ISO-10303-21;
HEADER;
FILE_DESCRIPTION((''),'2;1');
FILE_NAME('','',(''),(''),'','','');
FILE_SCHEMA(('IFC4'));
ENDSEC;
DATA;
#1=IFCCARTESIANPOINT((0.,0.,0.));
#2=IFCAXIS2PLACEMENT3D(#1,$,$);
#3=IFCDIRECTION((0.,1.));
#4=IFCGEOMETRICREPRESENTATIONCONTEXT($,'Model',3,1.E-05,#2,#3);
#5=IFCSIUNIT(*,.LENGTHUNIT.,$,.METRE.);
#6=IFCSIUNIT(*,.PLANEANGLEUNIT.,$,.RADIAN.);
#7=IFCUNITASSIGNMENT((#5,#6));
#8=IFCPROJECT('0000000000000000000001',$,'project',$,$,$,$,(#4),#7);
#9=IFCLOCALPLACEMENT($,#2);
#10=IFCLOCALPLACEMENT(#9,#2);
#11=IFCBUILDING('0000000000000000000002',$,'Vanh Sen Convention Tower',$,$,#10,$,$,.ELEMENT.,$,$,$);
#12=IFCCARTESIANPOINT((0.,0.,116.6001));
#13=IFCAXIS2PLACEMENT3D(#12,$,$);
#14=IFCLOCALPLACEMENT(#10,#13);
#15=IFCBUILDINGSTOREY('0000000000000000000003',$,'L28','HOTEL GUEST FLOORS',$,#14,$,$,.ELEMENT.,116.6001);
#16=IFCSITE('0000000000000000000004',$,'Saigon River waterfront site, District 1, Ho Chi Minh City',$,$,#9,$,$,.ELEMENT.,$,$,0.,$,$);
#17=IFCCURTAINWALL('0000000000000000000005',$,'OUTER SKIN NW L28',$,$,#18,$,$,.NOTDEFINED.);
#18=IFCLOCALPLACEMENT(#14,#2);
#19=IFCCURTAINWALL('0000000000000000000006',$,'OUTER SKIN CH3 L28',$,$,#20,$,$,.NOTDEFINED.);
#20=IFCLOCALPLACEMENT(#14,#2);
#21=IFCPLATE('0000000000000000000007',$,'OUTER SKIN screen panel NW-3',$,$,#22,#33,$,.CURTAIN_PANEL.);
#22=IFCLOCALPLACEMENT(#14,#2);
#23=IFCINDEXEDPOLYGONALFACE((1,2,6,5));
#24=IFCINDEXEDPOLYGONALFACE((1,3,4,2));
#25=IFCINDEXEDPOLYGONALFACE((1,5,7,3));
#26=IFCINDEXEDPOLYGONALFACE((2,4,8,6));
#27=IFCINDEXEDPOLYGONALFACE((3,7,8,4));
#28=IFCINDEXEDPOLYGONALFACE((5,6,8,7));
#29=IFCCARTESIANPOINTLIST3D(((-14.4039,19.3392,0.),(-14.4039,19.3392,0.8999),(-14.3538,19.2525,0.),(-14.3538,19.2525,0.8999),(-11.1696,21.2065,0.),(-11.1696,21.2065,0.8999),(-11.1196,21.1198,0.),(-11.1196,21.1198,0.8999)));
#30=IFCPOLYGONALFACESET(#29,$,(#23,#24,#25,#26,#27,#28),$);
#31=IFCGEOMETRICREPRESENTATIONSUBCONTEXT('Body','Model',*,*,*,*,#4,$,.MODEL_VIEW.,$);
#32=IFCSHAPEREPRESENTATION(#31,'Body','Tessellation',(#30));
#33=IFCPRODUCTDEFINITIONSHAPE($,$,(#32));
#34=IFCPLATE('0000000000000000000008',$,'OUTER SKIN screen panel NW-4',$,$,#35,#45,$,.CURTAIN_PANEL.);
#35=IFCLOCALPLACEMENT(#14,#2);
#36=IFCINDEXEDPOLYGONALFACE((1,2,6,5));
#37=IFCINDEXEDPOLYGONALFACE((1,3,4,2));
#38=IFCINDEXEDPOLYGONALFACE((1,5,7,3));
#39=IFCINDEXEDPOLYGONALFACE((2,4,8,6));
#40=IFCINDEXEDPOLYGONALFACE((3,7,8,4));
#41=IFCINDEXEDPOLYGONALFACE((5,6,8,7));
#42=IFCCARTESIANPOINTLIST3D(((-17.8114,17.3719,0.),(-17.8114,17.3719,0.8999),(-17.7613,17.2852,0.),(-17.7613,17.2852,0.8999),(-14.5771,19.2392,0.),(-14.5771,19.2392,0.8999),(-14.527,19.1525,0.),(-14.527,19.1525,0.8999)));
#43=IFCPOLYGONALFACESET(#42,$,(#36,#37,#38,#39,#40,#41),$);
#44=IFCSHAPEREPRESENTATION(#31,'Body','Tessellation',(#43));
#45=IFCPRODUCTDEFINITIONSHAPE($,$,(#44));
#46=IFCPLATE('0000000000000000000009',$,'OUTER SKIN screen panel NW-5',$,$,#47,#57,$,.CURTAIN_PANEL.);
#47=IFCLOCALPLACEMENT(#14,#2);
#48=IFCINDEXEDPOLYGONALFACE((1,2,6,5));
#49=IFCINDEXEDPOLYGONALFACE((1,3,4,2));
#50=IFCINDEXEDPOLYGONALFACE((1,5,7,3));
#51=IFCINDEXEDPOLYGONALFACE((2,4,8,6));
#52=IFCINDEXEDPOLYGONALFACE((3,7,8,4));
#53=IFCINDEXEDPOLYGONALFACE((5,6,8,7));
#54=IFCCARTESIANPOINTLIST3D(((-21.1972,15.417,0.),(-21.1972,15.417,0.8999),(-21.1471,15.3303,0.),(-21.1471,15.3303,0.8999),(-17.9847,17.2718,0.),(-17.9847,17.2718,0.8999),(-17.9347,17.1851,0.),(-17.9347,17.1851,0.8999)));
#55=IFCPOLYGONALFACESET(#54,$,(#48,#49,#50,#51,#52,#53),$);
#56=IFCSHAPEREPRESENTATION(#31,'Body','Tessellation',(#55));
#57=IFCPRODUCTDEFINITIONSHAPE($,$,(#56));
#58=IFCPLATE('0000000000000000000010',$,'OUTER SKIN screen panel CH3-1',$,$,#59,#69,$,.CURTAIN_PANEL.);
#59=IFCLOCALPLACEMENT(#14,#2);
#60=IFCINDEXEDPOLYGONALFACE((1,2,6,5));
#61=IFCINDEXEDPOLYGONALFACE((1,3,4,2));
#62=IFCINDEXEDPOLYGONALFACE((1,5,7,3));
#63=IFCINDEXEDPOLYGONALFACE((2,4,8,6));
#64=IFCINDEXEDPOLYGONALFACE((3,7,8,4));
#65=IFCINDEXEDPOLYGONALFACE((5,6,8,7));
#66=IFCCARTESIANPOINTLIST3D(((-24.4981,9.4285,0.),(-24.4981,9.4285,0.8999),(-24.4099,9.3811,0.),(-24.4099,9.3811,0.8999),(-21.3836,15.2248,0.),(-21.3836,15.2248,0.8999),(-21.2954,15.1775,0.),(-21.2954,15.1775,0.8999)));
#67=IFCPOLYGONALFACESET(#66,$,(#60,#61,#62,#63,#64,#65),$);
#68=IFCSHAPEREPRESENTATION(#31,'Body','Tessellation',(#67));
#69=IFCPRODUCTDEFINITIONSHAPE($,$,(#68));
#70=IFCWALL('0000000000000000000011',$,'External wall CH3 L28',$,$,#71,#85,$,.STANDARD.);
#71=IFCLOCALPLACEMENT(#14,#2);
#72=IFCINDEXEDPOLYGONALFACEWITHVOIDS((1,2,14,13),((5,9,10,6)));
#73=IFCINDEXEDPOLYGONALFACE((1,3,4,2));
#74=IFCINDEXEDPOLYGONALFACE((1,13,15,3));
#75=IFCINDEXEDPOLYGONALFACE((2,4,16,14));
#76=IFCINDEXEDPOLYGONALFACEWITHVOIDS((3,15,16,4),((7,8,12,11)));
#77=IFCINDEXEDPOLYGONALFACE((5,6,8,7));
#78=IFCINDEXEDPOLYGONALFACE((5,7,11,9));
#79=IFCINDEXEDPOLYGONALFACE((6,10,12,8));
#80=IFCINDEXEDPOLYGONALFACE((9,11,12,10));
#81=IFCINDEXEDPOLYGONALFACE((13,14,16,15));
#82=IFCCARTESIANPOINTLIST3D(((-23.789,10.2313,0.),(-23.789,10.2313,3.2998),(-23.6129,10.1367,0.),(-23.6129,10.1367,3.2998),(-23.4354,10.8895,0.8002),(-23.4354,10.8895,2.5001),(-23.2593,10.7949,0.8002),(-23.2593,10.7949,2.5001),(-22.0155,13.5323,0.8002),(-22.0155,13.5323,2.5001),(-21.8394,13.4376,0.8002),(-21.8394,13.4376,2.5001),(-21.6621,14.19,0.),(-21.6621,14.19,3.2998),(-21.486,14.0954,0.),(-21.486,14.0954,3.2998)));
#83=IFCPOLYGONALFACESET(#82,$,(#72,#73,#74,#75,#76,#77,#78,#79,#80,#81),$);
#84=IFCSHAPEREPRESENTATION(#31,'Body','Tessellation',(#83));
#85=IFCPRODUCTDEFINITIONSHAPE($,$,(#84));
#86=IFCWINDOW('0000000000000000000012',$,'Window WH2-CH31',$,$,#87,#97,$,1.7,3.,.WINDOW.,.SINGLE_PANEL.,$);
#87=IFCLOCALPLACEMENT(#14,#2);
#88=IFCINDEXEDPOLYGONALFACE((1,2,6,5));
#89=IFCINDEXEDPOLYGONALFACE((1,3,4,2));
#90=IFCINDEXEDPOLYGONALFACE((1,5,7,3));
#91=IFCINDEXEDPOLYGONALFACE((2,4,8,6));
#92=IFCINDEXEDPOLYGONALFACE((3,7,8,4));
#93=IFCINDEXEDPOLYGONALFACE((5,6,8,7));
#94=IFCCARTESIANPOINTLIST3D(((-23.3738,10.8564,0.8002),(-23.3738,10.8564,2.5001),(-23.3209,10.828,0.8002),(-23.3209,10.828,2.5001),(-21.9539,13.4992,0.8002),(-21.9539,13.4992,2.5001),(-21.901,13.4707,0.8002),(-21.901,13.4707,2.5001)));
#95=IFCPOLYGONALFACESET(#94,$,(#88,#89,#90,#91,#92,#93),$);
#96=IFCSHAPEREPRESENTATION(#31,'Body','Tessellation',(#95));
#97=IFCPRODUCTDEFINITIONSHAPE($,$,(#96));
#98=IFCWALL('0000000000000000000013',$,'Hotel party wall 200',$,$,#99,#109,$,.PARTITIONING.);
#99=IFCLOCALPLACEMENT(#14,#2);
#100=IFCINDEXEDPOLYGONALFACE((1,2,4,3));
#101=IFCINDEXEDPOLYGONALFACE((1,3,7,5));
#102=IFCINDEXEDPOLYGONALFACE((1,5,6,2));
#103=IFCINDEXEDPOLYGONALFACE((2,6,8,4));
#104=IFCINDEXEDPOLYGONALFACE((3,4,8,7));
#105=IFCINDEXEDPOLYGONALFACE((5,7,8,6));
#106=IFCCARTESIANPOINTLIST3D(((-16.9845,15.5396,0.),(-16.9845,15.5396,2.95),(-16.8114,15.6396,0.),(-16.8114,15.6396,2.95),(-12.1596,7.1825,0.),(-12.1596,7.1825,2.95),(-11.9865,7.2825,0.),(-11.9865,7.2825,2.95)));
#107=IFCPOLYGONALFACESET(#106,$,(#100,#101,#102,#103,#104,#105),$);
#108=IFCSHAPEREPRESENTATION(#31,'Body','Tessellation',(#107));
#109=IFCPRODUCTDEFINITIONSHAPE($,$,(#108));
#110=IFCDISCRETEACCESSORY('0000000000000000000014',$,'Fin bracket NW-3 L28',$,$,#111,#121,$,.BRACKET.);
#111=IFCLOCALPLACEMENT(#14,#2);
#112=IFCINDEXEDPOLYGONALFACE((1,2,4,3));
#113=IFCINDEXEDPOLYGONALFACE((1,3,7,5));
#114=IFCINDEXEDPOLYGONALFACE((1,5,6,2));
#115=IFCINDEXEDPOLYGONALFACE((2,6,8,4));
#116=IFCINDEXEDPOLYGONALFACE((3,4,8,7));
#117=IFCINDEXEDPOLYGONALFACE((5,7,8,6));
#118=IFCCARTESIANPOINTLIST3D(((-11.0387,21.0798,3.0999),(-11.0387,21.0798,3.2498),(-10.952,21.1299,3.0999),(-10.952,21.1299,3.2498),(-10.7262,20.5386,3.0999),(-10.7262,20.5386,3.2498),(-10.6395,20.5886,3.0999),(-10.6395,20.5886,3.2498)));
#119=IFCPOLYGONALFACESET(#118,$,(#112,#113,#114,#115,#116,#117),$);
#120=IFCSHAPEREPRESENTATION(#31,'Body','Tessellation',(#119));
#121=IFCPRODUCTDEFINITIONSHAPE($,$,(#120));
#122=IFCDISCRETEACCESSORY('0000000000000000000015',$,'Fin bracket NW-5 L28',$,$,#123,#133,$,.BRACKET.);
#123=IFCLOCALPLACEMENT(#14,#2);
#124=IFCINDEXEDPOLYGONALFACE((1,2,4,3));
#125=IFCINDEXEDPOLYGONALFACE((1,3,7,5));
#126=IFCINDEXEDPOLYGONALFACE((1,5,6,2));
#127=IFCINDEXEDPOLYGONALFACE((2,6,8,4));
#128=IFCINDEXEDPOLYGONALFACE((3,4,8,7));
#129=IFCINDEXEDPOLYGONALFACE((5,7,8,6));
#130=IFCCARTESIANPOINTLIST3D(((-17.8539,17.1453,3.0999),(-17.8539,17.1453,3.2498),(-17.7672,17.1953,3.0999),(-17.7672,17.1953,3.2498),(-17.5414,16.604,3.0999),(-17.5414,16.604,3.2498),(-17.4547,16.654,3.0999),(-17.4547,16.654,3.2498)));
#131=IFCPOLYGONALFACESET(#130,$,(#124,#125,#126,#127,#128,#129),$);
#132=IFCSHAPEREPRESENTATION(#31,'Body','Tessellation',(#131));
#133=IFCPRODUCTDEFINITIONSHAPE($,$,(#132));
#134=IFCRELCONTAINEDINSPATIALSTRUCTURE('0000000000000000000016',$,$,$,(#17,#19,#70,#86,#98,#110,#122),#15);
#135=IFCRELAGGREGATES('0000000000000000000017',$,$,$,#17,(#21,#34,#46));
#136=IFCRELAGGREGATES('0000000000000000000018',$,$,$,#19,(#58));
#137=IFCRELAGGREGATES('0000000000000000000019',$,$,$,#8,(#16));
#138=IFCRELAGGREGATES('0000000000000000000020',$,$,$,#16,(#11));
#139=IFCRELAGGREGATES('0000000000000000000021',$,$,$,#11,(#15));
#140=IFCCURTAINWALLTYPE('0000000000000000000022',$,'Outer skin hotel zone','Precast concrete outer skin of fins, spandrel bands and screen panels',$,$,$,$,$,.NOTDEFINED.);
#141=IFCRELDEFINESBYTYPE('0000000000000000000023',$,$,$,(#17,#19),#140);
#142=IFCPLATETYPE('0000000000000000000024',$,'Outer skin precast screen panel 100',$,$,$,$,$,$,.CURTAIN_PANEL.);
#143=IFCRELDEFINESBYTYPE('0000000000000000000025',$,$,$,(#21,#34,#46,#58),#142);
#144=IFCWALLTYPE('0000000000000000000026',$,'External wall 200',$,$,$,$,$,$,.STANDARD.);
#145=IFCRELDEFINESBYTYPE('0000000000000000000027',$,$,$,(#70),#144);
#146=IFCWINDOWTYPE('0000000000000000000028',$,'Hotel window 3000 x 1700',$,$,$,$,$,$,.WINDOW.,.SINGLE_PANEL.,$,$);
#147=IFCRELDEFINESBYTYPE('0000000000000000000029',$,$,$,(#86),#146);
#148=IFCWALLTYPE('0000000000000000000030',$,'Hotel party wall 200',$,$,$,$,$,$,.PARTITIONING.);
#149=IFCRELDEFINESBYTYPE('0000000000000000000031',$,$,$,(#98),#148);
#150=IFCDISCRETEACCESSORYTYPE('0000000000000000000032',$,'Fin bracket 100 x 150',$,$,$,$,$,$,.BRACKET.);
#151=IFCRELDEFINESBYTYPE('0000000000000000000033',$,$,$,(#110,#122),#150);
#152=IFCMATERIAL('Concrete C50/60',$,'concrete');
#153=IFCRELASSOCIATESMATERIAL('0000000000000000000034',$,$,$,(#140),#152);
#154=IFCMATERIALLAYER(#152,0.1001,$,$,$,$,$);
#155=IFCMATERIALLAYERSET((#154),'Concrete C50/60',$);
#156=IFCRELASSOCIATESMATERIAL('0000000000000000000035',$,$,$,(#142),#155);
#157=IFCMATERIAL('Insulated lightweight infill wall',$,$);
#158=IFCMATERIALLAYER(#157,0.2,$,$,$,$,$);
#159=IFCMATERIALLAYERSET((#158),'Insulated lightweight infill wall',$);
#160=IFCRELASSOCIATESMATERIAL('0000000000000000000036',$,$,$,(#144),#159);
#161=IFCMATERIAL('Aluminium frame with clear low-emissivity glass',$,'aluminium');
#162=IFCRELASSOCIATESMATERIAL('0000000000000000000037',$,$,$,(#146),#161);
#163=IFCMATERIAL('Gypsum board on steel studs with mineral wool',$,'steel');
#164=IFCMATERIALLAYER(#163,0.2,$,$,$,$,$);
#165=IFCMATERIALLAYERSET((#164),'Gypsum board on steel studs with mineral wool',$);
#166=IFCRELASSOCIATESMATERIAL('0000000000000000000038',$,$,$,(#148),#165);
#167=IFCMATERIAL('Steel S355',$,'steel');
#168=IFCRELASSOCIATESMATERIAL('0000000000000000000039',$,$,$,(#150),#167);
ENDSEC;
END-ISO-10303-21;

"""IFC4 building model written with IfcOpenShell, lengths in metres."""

from ifc_helpers import new_model, si_unit, direction, frame, frame_2d, origin, origin_2d, place, context, subcontext, project, spatial, rectangle, extrude, material, layer, layer_set, type_object, element, fill, aggregate, save


model = new_model("IFC4")

# Units and contexts
model_context = context("Model", 3, precision=1e-05, world=origin(), true_north=direction((0.0, 1.0)))
body_context = subcontext(model_context, "Body", "Model", "MODEL_VIEW")
ifc_project = project(units=[si_unit("LENGTHUNIT", "METRE"), si_unit("PLANEANGLEUNIT", "RADIAN")], contexts=[model_context])

# Site, building, storey
site_placement = place(None, origin())
site = spatial("IfcSite", under=ifc_project, at=site_placement, Name="Saigon River waterfront site, District 1, Ho Chi Minh City", CompositionType="ELEMENT", RefElevation=0.0)
building_placement = place(site_placement, origin())
building = spatial("IfcBuilding", under=site, at=building_placement, Name="Vanh Sen Convention Tower", CompositionType="ELEMENT")
storey_placement = place(building_placement, frame((0.0, 0.0, 116.6001)))
storey = spatial("IfcBuildingStorey", under=building, at=storey_placement, Name="L28", Description="HOTEL GUEST FLOORS", CompositionType="ELEMENT", Elevation=116.6001)

# Curtain wall
ifc_material_1 = material(Name="Concrete C50/60", Category="concrete")
curtain_wall_type = type_object("IfcCurtainWallType", Name="Outer skin hotel zone", Description="Precast concrete outer skin of fins, spandrel bands and screen panels", PredefinedType="NOTDEFINED", material=ifc_material_1)
curtain_wall_1_placement = place(storey_placement, origin())
curtain_wall_1 = element("IfcCurtainWall", 1, at=curtain_wall_1_placement, inside=storey, type_object=curtain_wall_type, Name="OUTER SKIN NW L28", PredefinedType="NOTDEFINED")

# Curtain wall
curtain_wall_2_placement = place(storey_placement, origin())
curtain_wall_2 = element("IfcCurtainWall", 2, at=curtain_wall_2_placement, inside=storey, type_object=curtain_wall_type, Name="OUTER SKIN CH3 L28", PredefinedType="NOTDEFINED")

# Plates
ifc_layer_1 = layer(ifc_material_1, 0.1001)
ifc_layer_set_1 = layer_set([ifc_layer_1], Name="Concrete C50/60")
plate_type = type_object("IfcPlateType", Name="Outer skin precast screen panel 100", PredefinedType="CURTAIN_PANEL", material=ifc_layer_set_1)
plate_1_placement = place(storey_placement, frame((-12.7617, 20.2295, 0.0), z_axis=(0.0, 0.0, 1.0), x_axis=(-0.866028, -0.499995, 0.0)))
plate_1 = element("IfcPlate", 3, at=plate_1_placement, type_object=plate_type, Name="OUTER SKIN screen panel NW-3", PredefinedType="CURTAIN_PANEL", context=body_context, shape_type="SweptSolid", body=[
    extrude(rectangle(XDim=3.7346, YDim=0.1001, at=origin_2d()), origin(), (0.0, 0.0, 1.0), 0.8999),
])
plate_2_placement = place(storey_placement, frame((-16.1692, 18.2622, 0.0), z_axis=(0.0, 0.0, 1.0), x_axis=(-0.866028, -0.499995, 0.0)))
plate_2 = element("IfcPlate", 4, at=plate_2_placement, type_object=plate_type, Name="OUTER SKIN screen panel NW-4", PredefinedType="CURTAIN_PANEL", context=body_context, shape_type="SweptSolid", body=[
    extrude(rectangle(XDim=3.7346, YDim=0.1001, at=origin_2d()), origin(), (0.0, 0.0, 1.0), 0.8999),
])
plate_3_placement = place(storey_placement, frame((-19.5659, 16.301, 0.0), z_axis=(0.0, 0.0, 1.0), x_axis=(-0.866021, -0.500008, 0.0)))
plate_3 = element("IfcPlate", 5, at=plate_3_placement, type_object=plate_type, Name="OUTER SKIN screen panel NW-5", PredefinedType="CURTAIN_PANEL", context=body_context, shape_type="SweptSolid", body=[
    extrude(rectangle(XDim=3.7095, YDim=0.1001, at=origin_2d()), origin(), (0.0, 0.0, 1.0), 0.8999),
])
aggregate(curtain_wall_1, [plate_1, plate_2, plate_3])
plate_4_placement = place(storey_placement, frame((-22.8967, 12.303, 0.0), z_axis=(0.0, 0.0, 1.0), x_axis=(-0.473318, -0.880892, 0.0)))
plate_4 = element("IfcPlate", 6, at=plate_4_placement, type_object=plate_type, Name="OUTER SKIN screen panel CH3-1", PredefinedType="CURTAIN_PANEL", context=body_context, shape_type="SweptSolid", body=[
    extrude(rectangle(XDim=6.5801, YDim=0.1001, at=origin_2d()), origin(), (0.0, 0.0, 1.0), 0.8999),
])
aggregate(curtain_wall_2, [plate_4])

# Wall, opening, window
ifc_material_2 = material(Name="Insulated lightweight infill wall")
ifc_layer_2 = layer(ifc_material_2, 0.2)
ifc_layer_set_2 = layer_set([ifc_layer_2], Name="Insulated lightweight infill wall")
wall_type_1 = type_object("IfcWallType", Name="External wall 200", PredefinedType="STANDARD", material=ifc_layer_set_2)
wall_1_placement = place(storey_placement, frame((-21.574, 14.1428, 0.0), z_axis=(0.0, 0.0, 1.0), x_axis=(-0.473293, -0.880905, 0.0)))
wall_1 = element("IfcWall", 7, at=wall_1_placement, inside=storey, type_object=wall_type_1, Name="External wall CH3 L28", PredefinedType="STANDARD", context=body_context, shape_type="SweptSolid", body=[
    extrude(rectangle(XDim=4.4939, YDim=0.2, at=frame_2d((2.2471, 0.0))), origin(), (0.0, 0.0, 1.0), 3.2998),
])
opening_placement = place(wall_1_placement, frame((0.7468, 0.0, 0.8)))
opening = element("IfcOpeningElement", 8, at=opening_placement, cuts=wall_1, PredefinedType="OPENING", context=body_context, shape_type="SweptSolid", body=[
    extrude(rectangle(XDim=3.0, YDim=1.7, at=frame_2d((1.5, 0.8501))), frame((0.0, 0.1099, 0.0), z_axis=(0.0, -1.0, 0.0), x_axis=(1.0, 0.0, 0.0)), (0.0, 0.0, 1.0), 0.22),
])
ifc_material_3 = material(Name="Aluminium frame with clear low-emissivity glass", Category="aluminium")
window_type = type_object("IfcWindowType", Name="Hotel window 3000 x 1700", PartitioningType="SINGLE_PANEL", PredefinedType="WINDOW", material=ifc_material_3)
window_placement = place(opening_placement, origin())
window = element("IfcWindow", 9, at=window_placement, inside=storey, type_object=window_type, Name="Window WH2-CH31", OverallHeight=1.7, OverallWidth=3.0, PartitioningType="SINGLE_PANEL", PredefinedType="WINDOW", context=body_context, shape_type="SweptSolid", body=[
    extrude(rectangle(XDim=3.0, YDim=1.7, at=frame_2d((1.5, 0.8501))), frame((0.0, 0.03, 0.0), z_axis=(0.0, -1.0, 0.0), x_axis=(1.0, 0.0, 0.0)), (0.0, 0.0, 1.0), 0.0601),
])
fill(opening, window)

# Wall
ifc_material_4 = material(Name="Gypsum board on steel studs with mineral wool", Category="steel")
ifc_layer_3 = layer(ifc_material_4, 0.2)
ifc_layer_set_3 = layer_set([ifc_layer_3], Name="Gypsum board on steel studs with mineral wool")
wall_type_2 = type_object("IfcWallType", Name="Hotel party wall 200", PredefinedType="PARTITIONING", material=ifc_layer_set_3)
wall_2_placement = place(storey_placement, frame((-16.8979, 15.5896, 0.0), z_axis=(0.0, 0.0, 1.0), x_axis=(0.499995, -0.866028, 0.0)))
element("IfcWall", 10, at=wall_2_placement, inside=storey, type_object=wall_type_2, Name="Hotel party wall 200", PredefinedType="PARTITIONING", context=body_context, shape_type="SweptSolid", body=[
    extrude(rectangle(XDim=9.6499, YDim=0.2, at=frame_2d((4.825, 0.0))), origin(), (0.0, 0.0, 1.0), 2.95),
])

# Discrete accessories
ifc_material_5 = material(Name="Steel S355", Category="steel")
discrete_accessory_type = type_object("IfcDiscreteAccessoryType", Name="Fin bracket 100 x 150", PredefinedType="BRACKET", material=ifc_material_5)
for number, where, z_axis, x_axis, name in (
    (11, (-10.8391, 20.8342, 3.0999), (0.0, 0.0, 1.0), (-0.5, 0.866025, 0.0), "Fin bracket NW-3 L28"),
    (12, (-17.6543, 16.8997, 3.0999), (0.0, 0.0, 1.0), (-0.5, 0.866025, 0.0), "Fin bracket NW-5 L28"),
):
    element("IfcDiscreteAccessory", number, at=place(storey_placement, frame(where, z_axis=z_axis, x_axis=x_axis)), inside=storey, type_object=discrete_accessory_type, Name=name, PredefinedType="BRACKET", context=body_context, shape_type="SweptSolid", body=[
        extrude(rectangle(XDim=0.625, YDim=0.1001, at=origin_2d()), origin(), (0.0, 0.0, 1.0), 0.1499),
    ])

save(model, "model.ifc")
